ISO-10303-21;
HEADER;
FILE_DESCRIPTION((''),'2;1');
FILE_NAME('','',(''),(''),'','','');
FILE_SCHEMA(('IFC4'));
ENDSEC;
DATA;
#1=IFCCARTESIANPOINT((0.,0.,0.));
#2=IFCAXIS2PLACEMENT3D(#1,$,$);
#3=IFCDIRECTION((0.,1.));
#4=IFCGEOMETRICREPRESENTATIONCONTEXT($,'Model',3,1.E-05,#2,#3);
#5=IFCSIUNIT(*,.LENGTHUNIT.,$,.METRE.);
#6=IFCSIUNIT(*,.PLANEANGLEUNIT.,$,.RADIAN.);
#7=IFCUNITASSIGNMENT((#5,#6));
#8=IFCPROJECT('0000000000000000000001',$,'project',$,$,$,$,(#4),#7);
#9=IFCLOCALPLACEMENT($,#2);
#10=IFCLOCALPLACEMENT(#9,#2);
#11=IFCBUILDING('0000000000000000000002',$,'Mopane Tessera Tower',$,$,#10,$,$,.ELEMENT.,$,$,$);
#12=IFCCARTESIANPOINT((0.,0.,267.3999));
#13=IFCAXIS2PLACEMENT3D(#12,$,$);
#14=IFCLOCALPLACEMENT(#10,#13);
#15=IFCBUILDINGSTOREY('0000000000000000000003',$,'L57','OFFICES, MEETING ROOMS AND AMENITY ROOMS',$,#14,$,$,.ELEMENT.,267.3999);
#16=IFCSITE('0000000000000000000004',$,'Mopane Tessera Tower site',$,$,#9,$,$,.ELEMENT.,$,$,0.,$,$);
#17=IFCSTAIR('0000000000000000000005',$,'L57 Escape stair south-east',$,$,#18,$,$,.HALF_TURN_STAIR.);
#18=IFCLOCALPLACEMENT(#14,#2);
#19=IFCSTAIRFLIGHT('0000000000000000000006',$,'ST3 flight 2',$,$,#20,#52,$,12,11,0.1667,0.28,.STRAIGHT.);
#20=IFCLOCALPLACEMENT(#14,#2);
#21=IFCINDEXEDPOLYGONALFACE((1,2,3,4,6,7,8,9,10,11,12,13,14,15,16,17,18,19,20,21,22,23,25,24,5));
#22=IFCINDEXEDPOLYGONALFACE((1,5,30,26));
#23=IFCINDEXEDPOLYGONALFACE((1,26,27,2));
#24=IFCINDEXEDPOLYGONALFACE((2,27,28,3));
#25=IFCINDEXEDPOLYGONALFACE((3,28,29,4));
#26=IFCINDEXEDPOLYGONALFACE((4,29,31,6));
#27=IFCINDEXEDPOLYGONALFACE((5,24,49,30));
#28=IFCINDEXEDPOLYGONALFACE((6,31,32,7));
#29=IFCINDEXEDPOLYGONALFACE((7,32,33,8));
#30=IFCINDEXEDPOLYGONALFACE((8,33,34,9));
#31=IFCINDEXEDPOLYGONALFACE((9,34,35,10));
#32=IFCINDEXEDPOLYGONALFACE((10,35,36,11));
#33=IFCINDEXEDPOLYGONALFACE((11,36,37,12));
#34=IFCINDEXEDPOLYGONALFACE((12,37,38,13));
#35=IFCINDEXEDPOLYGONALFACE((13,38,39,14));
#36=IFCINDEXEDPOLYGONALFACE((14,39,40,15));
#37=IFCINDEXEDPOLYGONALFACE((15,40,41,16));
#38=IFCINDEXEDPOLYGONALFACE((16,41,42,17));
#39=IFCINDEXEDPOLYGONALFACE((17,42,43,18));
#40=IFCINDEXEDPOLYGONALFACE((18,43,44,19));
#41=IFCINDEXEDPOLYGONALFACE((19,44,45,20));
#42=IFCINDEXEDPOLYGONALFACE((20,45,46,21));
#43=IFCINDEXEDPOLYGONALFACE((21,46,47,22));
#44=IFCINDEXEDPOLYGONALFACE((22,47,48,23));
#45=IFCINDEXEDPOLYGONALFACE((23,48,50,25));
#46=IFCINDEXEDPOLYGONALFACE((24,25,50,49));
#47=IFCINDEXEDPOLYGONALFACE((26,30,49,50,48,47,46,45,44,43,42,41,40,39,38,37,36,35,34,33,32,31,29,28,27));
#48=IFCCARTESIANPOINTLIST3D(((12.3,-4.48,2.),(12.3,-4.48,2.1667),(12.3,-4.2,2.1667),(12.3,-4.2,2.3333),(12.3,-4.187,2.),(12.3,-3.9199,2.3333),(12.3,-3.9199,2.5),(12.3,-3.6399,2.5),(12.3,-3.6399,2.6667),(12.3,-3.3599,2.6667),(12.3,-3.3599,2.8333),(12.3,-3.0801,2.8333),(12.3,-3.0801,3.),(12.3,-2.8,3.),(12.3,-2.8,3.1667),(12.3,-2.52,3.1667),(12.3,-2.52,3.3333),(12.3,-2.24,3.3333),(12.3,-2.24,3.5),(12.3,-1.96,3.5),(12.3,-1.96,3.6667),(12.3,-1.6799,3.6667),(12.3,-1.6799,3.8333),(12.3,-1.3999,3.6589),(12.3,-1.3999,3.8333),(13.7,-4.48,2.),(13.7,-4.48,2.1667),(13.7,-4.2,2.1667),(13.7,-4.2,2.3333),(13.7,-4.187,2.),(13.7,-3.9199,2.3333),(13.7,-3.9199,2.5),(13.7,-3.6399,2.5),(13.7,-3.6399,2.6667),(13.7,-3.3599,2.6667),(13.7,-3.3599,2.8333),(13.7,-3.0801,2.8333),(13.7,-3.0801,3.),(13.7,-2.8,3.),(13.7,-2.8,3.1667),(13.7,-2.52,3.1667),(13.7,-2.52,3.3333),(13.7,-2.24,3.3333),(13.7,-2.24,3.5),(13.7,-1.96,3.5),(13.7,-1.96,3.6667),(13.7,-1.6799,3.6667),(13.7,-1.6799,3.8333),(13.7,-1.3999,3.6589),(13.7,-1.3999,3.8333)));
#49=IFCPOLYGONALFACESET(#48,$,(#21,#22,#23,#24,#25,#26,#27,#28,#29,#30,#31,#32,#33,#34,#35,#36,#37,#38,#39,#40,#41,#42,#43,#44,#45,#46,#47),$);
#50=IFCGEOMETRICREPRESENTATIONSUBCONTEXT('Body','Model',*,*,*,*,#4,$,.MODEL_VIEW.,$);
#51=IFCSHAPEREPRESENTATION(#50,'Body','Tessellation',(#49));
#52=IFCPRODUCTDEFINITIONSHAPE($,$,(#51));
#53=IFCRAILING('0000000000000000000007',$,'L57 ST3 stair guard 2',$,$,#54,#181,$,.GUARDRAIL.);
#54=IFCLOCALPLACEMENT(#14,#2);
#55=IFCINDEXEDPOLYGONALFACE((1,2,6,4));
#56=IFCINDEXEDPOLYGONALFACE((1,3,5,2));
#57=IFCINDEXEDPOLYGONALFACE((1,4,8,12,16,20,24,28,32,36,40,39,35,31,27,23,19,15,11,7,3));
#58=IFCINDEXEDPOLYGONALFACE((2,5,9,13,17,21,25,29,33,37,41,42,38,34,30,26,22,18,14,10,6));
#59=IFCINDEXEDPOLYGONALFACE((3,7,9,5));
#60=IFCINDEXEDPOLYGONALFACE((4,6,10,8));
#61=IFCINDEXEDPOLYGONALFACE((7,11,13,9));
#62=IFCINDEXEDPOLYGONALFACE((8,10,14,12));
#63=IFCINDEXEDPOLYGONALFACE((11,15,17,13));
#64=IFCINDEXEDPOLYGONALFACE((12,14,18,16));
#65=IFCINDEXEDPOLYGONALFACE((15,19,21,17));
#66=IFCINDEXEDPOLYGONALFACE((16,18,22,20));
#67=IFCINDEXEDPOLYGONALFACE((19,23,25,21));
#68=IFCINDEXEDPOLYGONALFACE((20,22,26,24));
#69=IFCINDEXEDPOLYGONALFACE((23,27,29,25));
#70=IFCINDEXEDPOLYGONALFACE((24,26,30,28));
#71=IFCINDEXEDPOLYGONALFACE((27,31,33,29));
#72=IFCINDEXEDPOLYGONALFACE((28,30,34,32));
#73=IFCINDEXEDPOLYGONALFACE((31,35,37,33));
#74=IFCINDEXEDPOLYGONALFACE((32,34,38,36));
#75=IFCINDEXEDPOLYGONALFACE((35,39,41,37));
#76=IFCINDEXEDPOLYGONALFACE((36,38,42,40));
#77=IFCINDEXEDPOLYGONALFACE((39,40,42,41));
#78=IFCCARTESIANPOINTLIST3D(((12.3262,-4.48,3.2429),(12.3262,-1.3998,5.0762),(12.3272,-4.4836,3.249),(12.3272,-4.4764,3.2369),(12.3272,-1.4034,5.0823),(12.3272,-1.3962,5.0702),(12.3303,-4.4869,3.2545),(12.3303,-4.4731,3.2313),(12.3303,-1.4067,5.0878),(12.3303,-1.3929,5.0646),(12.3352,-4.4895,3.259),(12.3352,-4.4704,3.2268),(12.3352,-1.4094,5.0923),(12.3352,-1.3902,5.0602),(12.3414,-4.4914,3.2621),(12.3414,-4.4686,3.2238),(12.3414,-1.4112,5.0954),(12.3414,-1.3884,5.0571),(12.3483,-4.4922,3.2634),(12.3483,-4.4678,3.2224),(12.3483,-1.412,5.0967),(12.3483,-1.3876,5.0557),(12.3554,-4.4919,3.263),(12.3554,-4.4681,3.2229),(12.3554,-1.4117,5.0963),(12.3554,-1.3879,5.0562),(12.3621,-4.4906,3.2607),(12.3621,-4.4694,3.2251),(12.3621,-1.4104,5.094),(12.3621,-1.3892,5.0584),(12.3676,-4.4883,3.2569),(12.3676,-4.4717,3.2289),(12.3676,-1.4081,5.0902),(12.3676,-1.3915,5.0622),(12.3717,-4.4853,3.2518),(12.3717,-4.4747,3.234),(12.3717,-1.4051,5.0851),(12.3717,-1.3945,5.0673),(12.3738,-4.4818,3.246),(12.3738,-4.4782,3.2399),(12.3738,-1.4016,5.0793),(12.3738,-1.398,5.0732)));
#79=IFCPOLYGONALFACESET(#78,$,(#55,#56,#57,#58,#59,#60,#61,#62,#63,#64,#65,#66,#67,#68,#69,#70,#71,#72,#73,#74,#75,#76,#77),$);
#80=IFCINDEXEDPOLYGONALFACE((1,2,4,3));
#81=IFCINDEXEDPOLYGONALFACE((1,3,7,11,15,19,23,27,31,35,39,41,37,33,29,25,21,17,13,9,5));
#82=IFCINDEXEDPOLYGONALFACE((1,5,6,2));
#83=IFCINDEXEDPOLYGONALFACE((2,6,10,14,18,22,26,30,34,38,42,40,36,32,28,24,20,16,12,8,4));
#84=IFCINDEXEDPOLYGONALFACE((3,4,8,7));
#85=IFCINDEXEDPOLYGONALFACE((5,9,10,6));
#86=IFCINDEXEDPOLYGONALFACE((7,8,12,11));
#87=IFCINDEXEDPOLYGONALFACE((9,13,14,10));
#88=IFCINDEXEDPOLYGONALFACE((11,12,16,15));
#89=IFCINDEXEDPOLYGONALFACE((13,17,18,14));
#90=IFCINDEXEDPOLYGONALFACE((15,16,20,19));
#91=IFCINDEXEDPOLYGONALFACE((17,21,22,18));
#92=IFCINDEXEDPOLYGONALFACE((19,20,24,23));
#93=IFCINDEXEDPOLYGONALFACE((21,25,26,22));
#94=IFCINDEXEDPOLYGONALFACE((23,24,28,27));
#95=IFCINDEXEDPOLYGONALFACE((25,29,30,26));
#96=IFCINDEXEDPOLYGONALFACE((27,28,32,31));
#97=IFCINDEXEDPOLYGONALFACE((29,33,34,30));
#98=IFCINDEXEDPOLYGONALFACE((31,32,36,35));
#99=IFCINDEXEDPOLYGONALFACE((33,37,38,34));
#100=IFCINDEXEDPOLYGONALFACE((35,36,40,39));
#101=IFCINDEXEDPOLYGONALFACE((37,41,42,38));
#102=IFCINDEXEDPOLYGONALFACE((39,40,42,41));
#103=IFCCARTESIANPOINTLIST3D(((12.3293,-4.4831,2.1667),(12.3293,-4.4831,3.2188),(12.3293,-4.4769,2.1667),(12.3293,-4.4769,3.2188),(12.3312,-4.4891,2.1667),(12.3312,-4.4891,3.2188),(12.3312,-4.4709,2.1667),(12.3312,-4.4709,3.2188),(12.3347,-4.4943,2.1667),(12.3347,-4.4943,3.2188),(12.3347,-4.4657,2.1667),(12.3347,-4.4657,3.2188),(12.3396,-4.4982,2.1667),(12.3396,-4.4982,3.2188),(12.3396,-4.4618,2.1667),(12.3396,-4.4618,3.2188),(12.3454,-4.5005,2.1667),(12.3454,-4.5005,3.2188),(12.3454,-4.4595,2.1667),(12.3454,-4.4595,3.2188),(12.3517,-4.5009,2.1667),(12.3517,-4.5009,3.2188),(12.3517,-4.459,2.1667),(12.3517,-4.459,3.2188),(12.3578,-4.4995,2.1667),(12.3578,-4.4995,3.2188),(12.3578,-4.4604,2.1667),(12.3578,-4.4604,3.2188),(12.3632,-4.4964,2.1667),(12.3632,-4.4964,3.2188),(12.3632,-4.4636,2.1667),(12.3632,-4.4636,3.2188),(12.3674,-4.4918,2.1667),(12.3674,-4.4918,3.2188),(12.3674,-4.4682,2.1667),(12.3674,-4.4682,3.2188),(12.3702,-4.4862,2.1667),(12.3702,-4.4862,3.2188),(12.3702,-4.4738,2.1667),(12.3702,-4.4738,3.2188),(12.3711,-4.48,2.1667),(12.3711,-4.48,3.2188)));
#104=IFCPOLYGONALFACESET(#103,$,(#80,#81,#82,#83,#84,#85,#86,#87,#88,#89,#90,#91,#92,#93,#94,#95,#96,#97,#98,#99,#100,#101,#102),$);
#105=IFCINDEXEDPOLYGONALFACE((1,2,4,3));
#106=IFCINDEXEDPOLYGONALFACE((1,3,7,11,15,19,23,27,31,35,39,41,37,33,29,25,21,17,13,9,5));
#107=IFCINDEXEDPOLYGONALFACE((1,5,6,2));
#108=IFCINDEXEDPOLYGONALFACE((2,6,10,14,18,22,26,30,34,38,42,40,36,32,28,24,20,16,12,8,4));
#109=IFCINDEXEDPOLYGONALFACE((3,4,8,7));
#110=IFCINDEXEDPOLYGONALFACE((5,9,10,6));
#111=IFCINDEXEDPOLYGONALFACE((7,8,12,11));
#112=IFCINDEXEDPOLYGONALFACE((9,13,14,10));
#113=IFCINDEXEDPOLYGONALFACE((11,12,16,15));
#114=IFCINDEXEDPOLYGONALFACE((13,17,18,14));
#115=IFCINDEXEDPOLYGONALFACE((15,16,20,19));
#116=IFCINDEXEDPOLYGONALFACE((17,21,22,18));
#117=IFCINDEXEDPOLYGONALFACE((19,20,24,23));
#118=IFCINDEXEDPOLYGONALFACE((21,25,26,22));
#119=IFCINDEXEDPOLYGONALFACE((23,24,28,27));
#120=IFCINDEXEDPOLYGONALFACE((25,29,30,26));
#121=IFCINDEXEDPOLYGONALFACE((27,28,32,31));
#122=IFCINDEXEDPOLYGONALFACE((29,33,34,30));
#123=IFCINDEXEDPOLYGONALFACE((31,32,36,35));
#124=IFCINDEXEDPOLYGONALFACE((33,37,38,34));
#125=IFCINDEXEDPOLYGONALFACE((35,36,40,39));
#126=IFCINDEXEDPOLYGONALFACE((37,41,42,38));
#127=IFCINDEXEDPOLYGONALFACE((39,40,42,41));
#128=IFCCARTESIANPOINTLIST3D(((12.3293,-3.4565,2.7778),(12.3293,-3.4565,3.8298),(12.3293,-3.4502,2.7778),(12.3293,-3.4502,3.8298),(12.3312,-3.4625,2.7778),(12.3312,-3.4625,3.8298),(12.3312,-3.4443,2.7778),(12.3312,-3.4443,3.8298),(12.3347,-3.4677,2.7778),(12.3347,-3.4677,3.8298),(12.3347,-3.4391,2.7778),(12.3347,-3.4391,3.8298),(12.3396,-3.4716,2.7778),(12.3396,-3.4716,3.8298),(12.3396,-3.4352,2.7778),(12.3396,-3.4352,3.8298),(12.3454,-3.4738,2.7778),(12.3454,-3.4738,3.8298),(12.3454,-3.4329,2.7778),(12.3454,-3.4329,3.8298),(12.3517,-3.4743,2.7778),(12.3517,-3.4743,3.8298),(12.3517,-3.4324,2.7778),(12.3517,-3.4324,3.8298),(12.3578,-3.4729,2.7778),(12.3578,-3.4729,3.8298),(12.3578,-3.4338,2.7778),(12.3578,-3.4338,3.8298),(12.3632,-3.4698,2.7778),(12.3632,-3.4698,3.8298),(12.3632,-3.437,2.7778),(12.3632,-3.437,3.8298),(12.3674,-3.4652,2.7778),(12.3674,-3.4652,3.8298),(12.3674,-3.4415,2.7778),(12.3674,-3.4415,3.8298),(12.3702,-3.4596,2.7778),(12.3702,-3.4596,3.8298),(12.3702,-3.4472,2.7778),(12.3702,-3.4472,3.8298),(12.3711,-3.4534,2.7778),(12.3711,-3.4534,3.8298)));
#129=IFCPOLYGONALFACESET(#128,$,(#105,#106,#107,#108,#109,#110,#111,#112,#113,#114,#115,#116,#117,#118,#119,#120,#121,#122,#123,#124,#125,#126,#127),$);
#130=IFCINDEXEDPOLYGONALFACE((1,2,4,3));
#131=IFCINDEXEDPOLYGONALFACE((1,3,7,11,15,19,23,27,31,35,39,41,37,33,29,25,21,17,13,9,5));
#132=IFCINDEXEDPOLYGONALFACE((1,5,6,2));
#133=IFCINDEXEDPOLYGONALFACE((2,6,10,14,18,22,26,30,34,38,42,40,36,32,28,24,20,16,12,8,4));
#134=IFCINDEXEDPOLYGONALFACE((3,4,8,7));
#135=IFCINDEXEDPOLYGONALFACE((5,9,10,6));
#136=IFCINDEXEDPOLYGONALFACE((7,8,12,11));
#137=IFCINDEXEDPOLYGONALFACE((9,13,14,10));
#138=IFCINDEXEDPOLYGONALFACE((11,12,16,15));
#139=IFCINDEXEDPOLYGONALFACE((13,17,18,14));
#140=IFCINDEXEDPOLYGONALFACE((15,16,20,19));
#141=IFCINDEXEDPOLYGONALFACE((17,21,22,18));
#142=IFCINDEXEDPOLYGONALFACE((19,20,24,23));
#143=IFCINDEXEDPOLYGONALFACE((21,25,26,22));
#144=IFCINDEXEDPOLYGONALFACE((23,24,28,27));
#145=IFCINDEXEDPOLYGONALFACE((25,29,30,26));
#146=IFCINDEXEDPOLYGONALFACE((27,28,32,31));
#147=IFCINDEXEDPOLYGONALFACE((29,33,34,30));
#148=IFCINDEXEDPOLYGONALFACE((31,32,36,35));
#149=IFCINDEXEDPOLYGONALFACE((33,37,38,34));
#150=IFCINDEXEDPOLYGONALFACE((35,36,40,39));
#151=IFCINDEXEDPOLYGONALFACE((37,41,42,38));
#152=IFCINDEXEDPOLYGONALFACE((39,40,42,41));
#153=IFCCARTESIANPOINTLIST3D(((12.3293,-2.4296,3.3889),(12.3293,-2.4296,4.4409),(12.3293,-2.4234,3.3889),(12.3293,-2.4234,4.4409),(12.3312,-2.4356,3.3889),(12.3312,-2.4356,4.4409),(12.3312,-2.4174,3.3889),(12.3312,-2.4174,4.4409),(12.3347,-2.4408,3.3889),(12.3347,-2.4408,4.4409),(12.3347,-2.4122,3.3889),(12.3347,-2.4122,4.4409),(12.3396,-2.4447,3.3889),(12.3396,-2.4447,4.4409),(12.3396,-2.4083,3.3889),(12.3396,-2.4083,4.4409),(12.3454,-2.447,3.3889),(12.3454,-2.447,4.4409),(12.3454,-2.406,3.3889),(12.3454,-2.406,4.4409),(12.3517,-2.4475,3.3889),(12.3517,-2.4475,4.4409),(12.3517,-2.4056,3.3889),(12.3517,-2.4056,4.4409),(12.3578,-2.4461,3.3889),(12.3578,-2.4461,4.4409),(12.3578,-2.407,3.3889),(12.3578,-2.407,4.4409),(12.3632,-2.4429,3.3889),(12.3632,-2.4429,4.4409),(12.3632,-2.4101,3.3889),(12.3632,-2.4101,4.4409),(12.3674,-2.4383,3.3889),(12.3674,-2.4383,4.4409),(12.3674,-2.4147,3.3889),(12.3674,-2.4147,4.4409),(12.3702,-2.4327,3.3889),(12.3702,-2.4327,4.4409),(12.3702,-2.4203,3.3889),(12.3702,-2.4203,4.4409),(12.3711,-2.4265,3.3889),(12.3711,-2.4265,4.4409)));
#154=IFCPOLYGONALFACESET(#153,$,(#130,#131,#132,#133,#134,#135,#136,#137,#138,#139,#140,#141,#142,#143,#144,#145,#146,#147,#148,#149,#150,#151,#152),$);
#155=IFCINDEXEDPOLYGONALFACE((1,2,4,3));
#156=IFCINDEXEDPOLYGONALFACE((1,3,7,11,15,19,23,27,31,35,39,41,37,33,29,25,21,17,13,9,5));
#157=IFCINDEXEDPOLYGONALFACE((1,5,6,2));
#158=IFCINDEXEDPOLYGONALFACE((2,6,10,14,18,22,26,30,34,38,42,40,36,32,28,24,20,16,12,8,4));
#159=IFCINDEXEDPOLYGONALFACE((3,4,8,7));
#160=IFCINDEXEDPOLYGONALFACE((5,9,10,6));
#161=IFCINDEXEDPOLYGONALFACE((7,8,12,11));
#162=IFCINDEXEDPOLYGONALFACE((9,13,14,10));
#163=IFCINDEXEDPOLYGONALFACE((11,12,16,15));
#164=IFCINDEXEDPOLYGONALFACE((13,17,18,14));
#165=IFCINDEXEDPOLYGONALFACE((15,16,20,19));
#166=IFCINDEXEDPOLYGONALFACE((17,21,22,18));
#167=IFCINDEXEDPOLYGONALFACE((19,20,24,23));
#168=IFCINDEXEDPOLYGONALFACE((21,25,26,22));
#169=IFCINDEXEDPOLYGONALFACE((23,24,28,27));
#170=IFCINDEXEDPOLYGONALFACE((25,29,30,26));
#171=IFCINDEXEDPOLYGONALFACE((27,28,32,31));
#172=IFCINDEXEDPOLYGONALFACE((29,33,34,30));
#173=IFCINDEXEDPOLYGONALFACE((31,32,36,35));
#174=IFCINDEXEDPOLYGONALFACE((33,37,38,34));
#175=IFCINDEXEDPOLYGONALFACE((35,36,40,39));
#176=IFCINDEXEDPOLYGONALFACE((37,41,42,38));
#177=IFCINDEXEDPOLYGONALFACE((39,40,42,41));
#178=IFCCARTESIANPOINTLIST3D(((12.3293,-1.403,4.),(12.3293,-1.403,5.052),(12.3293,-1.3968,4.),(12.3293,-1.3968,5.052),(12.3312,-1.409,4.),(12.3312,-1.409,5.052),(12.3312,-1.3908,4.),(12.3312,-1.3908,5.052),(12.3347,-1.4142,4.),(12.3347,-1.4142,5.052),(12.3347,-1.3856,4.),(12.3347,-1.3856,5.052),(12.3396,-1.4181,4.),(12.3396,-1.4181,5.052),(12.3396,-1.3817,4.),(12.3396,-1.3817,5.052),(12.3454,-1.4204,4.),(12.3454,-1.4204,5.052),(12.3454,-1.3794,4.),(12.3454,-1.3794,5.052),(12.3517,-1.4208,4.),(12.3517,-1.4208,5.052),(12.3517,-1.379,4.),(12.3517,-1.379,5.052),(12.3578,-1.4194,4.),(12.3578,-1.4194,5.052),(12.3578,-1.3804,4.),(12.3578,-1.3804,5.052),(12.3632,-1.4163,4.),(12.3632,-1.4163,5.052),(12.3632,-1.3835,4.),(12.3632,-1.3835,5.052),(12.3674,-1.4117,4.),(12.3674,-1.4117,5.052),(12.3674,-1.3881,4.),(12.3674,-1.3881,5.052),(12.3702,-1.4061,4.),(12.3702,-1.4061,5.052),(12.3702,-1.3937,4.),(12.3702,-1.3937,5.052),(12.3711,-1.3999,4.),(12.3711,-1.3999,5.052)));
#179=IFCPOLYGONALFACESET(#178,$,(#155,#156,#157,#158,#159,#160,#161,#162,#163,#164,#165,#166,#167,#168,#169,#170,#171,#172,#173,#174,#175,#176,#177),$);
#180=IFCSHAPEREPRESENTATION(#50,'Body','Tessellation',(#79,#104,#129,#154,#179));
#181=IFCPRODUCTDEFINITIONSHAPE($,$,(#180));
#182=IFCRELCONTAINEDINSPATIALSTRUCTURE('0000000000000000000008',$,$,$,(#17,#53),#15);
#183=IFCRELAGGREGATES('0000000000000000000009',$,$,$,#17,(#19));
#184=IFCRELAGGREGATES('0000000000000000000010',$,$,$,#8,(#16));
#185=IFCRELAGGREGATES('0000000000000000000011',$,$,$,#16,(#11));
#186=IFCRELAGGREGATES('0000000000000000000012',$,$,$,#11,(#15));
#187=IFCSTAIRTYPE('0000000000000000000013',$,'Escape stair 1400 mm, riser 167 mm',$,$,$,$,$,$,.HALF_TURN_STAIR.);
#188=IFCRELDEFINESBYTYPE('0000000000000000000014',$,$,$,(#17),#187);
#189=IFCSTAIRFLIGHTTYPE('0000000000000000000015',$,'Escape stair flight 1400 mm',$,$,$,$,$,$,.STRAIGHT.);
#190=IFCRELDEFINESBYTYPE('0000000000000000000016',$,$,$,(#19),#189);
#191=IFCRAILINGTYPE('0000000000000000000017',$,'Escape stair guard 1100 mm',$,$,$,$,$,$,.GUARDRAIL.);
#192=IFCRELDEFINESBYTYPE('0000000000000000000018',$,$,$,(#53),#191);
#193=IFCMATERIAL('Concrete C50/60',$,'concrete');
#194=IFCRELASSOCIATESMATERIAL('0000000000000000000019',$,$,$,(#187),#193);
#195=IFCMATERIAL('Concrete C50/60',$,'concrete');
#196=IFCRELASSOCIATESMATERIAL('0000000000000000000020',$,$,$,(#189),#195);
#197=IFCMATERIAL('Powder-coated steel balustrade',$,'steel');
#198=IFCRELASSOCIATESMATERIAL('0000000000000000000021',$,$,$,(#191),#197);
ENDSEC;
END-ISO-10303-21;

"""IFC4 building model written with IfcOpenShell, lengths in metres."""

from ifc_helpers import new_model, si_unit, direction, frame, origin, origin_2d, place, context, subcontext, project, spatial, polyline, circle, outline, extrude, material, type_object, element, aggregate, save


model = new_model("IFC4")

# Units and contexts
model_context = context("Model", 3, precision=1e-05, world=origin(), true_north=direction((0.0, 1.0)))
body_context = subcontext(model_context, "Body", "Model", "MODEL_VIEW")
ifc_project = project(units=[si_unit("LENGTHUNIT", "METRE"), si_unit("PLANEANGLEUNIT", "RADIAN")], contexts=[model_context])

# Site, building, storey
site_placement = place(None, origin())
site = spatial("IfcSite", under=ifc_project, at=site_placement, Name="Mopane Tessera Tower site", CompositionType="ELEMENT", RefElevation=0.0)
building_placement = place(site_placement, origin())
building = spatial("IfcBuilding", under=site, at=building_placement, Name="Mopane Tessera Tower", CompositionType="ELEMENT")
storey_placement = place(building_placement, frame((0.0, 0.0, 267.3999)))
storey = spatial("IfcBuildingStorey", under=building, at=storey_placement, Name="L57", Description="OFFICES, MEETING ROOMS AND AMENITY ROOMS", CompositionType="ELEMENT", Elevation=267.3999)

# Stair, stair flight
ifc_material_1 = material(Name="Concrete C50/60", Category="concrete")
stair_type = type_object("IfcStairType", Name="Escape stair 1400 mm, riser 167 mm", PredefinedType="HALF_TURN_STAIR", material=ifc_material_1)
stair_placement = place(storey_placement, origin())
stair = element("IfcStair", 1, at=stair_placement, inside=storey, type_object=stair_type, Name="L57 Escape stair south-east", PredefinedType="HALF_TURN_STAIR")
ifc_material_2 = material(Name="Concrete C50/60", Category="concrete")
stair_flight_type = type_object("IfcStairFlightType", Name="Escape stair flight 1400 mm", PredefinedType="STRAIGHT", material=ifc_material_2)
stair_flight_1_placement = place(storey_placement, frame((13.0, -4.48, 2.0), z_axis=(0.0, 0.0, 1.0), x_axis=(0.0, 1.0, 0.0)))
stair_flight_1 = element("IfcStairFlight", 2, at=stair_flight_1_placement, type_object=stair_flight_type, Name="ST3 flight 2", NumberOfRisers=12, NumberOfTreads=11, PredefinedType="STRAIGHT", RiserHeight=0.1667, TreadLength=0.28, context=body_context, shape_type="SweptSolid", body=[
    extrude(outline(polyline([(0.0, 0.0), (0.0, 0.1667), (0.28, 0.1667), (0.28, 0.3333), (0.5601, 0.3333), (0.5601, 0.5), (0.8401, 0.5), (0.8401, 0.6667), (1.1201, 0.6667), (1.1201, 0.8333), (1.3999, 0.8333), (1.3999, 1.0), (1.6799, 1.0), (1.6799, 1.1667), (1.96, 1.1667), (1.96, 1.3333), (2.24, 1.3333), (2.24, 1.5), (2.52, 1.5), (2.52, 1.6667), (2.8, 1.6667), (2.8, 1.8333), (3.0801, 1.8333), (3.0801, 2.0), (3.0801, 1.6589), (0.293, 0.0), (0.0, 0.0)])), frame((0.0, 0.7, 0.0), z_axis=(0.0, -1.0, 0.0), x_axis=(1.0, 0.0, 0.0)), (0.0, 0.0, 1.0), 1.3999),
])
aggregate(stair, [stair_flight_1])

# Railing
ifc_material_3 = material(Name="Powder-coated steel balustrade", Category="steel")
railing_type_1 = type_object("IfcRailingType", Name="Escape stair guard 1100 mm", PredefinedType="GUARDRAIL", material=ifc_material_3)
railing_1_placement = place(storey_placement, frame((12.3501, -4.48, 2.1667)))
element("IfcRailing", 3, at=railing_1_placement, inside=storey, type_object=railing_type_1, Name="L57 ST3 stair guard 2", PredefinedType="GUARDRAIL", context=body_context, shape_type="SweptSolid", body=[
    extrude(circle(Radius=0.0239, at=origin_2d()), frame((0.0, 0.0, 1.0762), z_axis=(0.0, 0.859309, 0.511458), x_axis=(-1.0, 0.0, 0.0)), (0.0, 0.0, 1.0), 3.5845),
    extrude(circle(Radius=0.021, at=origin_2d()), origin(), (0.0, 0.0, 1.0), 1.052),
    extrude(circle(Radius=0.021, at=origin_2d()), frame((0.0, 1.0266, 0.6111)), (0.0, 0.0, 1.0), 1.052),
    extrude(circle(Radius=0.021, at=origin_2d()), frame((0.0, 2.0535, 1.2222)), (0.0, 0.0, 1.0), 1.052),
    extrude(circle(Radius=0.021, at=origin_2d()), frame((0.0, 3.0801, 1.8333)), (0.0, 0.0, 1.0), 1.052),
])

save(model, "model.ifc")
